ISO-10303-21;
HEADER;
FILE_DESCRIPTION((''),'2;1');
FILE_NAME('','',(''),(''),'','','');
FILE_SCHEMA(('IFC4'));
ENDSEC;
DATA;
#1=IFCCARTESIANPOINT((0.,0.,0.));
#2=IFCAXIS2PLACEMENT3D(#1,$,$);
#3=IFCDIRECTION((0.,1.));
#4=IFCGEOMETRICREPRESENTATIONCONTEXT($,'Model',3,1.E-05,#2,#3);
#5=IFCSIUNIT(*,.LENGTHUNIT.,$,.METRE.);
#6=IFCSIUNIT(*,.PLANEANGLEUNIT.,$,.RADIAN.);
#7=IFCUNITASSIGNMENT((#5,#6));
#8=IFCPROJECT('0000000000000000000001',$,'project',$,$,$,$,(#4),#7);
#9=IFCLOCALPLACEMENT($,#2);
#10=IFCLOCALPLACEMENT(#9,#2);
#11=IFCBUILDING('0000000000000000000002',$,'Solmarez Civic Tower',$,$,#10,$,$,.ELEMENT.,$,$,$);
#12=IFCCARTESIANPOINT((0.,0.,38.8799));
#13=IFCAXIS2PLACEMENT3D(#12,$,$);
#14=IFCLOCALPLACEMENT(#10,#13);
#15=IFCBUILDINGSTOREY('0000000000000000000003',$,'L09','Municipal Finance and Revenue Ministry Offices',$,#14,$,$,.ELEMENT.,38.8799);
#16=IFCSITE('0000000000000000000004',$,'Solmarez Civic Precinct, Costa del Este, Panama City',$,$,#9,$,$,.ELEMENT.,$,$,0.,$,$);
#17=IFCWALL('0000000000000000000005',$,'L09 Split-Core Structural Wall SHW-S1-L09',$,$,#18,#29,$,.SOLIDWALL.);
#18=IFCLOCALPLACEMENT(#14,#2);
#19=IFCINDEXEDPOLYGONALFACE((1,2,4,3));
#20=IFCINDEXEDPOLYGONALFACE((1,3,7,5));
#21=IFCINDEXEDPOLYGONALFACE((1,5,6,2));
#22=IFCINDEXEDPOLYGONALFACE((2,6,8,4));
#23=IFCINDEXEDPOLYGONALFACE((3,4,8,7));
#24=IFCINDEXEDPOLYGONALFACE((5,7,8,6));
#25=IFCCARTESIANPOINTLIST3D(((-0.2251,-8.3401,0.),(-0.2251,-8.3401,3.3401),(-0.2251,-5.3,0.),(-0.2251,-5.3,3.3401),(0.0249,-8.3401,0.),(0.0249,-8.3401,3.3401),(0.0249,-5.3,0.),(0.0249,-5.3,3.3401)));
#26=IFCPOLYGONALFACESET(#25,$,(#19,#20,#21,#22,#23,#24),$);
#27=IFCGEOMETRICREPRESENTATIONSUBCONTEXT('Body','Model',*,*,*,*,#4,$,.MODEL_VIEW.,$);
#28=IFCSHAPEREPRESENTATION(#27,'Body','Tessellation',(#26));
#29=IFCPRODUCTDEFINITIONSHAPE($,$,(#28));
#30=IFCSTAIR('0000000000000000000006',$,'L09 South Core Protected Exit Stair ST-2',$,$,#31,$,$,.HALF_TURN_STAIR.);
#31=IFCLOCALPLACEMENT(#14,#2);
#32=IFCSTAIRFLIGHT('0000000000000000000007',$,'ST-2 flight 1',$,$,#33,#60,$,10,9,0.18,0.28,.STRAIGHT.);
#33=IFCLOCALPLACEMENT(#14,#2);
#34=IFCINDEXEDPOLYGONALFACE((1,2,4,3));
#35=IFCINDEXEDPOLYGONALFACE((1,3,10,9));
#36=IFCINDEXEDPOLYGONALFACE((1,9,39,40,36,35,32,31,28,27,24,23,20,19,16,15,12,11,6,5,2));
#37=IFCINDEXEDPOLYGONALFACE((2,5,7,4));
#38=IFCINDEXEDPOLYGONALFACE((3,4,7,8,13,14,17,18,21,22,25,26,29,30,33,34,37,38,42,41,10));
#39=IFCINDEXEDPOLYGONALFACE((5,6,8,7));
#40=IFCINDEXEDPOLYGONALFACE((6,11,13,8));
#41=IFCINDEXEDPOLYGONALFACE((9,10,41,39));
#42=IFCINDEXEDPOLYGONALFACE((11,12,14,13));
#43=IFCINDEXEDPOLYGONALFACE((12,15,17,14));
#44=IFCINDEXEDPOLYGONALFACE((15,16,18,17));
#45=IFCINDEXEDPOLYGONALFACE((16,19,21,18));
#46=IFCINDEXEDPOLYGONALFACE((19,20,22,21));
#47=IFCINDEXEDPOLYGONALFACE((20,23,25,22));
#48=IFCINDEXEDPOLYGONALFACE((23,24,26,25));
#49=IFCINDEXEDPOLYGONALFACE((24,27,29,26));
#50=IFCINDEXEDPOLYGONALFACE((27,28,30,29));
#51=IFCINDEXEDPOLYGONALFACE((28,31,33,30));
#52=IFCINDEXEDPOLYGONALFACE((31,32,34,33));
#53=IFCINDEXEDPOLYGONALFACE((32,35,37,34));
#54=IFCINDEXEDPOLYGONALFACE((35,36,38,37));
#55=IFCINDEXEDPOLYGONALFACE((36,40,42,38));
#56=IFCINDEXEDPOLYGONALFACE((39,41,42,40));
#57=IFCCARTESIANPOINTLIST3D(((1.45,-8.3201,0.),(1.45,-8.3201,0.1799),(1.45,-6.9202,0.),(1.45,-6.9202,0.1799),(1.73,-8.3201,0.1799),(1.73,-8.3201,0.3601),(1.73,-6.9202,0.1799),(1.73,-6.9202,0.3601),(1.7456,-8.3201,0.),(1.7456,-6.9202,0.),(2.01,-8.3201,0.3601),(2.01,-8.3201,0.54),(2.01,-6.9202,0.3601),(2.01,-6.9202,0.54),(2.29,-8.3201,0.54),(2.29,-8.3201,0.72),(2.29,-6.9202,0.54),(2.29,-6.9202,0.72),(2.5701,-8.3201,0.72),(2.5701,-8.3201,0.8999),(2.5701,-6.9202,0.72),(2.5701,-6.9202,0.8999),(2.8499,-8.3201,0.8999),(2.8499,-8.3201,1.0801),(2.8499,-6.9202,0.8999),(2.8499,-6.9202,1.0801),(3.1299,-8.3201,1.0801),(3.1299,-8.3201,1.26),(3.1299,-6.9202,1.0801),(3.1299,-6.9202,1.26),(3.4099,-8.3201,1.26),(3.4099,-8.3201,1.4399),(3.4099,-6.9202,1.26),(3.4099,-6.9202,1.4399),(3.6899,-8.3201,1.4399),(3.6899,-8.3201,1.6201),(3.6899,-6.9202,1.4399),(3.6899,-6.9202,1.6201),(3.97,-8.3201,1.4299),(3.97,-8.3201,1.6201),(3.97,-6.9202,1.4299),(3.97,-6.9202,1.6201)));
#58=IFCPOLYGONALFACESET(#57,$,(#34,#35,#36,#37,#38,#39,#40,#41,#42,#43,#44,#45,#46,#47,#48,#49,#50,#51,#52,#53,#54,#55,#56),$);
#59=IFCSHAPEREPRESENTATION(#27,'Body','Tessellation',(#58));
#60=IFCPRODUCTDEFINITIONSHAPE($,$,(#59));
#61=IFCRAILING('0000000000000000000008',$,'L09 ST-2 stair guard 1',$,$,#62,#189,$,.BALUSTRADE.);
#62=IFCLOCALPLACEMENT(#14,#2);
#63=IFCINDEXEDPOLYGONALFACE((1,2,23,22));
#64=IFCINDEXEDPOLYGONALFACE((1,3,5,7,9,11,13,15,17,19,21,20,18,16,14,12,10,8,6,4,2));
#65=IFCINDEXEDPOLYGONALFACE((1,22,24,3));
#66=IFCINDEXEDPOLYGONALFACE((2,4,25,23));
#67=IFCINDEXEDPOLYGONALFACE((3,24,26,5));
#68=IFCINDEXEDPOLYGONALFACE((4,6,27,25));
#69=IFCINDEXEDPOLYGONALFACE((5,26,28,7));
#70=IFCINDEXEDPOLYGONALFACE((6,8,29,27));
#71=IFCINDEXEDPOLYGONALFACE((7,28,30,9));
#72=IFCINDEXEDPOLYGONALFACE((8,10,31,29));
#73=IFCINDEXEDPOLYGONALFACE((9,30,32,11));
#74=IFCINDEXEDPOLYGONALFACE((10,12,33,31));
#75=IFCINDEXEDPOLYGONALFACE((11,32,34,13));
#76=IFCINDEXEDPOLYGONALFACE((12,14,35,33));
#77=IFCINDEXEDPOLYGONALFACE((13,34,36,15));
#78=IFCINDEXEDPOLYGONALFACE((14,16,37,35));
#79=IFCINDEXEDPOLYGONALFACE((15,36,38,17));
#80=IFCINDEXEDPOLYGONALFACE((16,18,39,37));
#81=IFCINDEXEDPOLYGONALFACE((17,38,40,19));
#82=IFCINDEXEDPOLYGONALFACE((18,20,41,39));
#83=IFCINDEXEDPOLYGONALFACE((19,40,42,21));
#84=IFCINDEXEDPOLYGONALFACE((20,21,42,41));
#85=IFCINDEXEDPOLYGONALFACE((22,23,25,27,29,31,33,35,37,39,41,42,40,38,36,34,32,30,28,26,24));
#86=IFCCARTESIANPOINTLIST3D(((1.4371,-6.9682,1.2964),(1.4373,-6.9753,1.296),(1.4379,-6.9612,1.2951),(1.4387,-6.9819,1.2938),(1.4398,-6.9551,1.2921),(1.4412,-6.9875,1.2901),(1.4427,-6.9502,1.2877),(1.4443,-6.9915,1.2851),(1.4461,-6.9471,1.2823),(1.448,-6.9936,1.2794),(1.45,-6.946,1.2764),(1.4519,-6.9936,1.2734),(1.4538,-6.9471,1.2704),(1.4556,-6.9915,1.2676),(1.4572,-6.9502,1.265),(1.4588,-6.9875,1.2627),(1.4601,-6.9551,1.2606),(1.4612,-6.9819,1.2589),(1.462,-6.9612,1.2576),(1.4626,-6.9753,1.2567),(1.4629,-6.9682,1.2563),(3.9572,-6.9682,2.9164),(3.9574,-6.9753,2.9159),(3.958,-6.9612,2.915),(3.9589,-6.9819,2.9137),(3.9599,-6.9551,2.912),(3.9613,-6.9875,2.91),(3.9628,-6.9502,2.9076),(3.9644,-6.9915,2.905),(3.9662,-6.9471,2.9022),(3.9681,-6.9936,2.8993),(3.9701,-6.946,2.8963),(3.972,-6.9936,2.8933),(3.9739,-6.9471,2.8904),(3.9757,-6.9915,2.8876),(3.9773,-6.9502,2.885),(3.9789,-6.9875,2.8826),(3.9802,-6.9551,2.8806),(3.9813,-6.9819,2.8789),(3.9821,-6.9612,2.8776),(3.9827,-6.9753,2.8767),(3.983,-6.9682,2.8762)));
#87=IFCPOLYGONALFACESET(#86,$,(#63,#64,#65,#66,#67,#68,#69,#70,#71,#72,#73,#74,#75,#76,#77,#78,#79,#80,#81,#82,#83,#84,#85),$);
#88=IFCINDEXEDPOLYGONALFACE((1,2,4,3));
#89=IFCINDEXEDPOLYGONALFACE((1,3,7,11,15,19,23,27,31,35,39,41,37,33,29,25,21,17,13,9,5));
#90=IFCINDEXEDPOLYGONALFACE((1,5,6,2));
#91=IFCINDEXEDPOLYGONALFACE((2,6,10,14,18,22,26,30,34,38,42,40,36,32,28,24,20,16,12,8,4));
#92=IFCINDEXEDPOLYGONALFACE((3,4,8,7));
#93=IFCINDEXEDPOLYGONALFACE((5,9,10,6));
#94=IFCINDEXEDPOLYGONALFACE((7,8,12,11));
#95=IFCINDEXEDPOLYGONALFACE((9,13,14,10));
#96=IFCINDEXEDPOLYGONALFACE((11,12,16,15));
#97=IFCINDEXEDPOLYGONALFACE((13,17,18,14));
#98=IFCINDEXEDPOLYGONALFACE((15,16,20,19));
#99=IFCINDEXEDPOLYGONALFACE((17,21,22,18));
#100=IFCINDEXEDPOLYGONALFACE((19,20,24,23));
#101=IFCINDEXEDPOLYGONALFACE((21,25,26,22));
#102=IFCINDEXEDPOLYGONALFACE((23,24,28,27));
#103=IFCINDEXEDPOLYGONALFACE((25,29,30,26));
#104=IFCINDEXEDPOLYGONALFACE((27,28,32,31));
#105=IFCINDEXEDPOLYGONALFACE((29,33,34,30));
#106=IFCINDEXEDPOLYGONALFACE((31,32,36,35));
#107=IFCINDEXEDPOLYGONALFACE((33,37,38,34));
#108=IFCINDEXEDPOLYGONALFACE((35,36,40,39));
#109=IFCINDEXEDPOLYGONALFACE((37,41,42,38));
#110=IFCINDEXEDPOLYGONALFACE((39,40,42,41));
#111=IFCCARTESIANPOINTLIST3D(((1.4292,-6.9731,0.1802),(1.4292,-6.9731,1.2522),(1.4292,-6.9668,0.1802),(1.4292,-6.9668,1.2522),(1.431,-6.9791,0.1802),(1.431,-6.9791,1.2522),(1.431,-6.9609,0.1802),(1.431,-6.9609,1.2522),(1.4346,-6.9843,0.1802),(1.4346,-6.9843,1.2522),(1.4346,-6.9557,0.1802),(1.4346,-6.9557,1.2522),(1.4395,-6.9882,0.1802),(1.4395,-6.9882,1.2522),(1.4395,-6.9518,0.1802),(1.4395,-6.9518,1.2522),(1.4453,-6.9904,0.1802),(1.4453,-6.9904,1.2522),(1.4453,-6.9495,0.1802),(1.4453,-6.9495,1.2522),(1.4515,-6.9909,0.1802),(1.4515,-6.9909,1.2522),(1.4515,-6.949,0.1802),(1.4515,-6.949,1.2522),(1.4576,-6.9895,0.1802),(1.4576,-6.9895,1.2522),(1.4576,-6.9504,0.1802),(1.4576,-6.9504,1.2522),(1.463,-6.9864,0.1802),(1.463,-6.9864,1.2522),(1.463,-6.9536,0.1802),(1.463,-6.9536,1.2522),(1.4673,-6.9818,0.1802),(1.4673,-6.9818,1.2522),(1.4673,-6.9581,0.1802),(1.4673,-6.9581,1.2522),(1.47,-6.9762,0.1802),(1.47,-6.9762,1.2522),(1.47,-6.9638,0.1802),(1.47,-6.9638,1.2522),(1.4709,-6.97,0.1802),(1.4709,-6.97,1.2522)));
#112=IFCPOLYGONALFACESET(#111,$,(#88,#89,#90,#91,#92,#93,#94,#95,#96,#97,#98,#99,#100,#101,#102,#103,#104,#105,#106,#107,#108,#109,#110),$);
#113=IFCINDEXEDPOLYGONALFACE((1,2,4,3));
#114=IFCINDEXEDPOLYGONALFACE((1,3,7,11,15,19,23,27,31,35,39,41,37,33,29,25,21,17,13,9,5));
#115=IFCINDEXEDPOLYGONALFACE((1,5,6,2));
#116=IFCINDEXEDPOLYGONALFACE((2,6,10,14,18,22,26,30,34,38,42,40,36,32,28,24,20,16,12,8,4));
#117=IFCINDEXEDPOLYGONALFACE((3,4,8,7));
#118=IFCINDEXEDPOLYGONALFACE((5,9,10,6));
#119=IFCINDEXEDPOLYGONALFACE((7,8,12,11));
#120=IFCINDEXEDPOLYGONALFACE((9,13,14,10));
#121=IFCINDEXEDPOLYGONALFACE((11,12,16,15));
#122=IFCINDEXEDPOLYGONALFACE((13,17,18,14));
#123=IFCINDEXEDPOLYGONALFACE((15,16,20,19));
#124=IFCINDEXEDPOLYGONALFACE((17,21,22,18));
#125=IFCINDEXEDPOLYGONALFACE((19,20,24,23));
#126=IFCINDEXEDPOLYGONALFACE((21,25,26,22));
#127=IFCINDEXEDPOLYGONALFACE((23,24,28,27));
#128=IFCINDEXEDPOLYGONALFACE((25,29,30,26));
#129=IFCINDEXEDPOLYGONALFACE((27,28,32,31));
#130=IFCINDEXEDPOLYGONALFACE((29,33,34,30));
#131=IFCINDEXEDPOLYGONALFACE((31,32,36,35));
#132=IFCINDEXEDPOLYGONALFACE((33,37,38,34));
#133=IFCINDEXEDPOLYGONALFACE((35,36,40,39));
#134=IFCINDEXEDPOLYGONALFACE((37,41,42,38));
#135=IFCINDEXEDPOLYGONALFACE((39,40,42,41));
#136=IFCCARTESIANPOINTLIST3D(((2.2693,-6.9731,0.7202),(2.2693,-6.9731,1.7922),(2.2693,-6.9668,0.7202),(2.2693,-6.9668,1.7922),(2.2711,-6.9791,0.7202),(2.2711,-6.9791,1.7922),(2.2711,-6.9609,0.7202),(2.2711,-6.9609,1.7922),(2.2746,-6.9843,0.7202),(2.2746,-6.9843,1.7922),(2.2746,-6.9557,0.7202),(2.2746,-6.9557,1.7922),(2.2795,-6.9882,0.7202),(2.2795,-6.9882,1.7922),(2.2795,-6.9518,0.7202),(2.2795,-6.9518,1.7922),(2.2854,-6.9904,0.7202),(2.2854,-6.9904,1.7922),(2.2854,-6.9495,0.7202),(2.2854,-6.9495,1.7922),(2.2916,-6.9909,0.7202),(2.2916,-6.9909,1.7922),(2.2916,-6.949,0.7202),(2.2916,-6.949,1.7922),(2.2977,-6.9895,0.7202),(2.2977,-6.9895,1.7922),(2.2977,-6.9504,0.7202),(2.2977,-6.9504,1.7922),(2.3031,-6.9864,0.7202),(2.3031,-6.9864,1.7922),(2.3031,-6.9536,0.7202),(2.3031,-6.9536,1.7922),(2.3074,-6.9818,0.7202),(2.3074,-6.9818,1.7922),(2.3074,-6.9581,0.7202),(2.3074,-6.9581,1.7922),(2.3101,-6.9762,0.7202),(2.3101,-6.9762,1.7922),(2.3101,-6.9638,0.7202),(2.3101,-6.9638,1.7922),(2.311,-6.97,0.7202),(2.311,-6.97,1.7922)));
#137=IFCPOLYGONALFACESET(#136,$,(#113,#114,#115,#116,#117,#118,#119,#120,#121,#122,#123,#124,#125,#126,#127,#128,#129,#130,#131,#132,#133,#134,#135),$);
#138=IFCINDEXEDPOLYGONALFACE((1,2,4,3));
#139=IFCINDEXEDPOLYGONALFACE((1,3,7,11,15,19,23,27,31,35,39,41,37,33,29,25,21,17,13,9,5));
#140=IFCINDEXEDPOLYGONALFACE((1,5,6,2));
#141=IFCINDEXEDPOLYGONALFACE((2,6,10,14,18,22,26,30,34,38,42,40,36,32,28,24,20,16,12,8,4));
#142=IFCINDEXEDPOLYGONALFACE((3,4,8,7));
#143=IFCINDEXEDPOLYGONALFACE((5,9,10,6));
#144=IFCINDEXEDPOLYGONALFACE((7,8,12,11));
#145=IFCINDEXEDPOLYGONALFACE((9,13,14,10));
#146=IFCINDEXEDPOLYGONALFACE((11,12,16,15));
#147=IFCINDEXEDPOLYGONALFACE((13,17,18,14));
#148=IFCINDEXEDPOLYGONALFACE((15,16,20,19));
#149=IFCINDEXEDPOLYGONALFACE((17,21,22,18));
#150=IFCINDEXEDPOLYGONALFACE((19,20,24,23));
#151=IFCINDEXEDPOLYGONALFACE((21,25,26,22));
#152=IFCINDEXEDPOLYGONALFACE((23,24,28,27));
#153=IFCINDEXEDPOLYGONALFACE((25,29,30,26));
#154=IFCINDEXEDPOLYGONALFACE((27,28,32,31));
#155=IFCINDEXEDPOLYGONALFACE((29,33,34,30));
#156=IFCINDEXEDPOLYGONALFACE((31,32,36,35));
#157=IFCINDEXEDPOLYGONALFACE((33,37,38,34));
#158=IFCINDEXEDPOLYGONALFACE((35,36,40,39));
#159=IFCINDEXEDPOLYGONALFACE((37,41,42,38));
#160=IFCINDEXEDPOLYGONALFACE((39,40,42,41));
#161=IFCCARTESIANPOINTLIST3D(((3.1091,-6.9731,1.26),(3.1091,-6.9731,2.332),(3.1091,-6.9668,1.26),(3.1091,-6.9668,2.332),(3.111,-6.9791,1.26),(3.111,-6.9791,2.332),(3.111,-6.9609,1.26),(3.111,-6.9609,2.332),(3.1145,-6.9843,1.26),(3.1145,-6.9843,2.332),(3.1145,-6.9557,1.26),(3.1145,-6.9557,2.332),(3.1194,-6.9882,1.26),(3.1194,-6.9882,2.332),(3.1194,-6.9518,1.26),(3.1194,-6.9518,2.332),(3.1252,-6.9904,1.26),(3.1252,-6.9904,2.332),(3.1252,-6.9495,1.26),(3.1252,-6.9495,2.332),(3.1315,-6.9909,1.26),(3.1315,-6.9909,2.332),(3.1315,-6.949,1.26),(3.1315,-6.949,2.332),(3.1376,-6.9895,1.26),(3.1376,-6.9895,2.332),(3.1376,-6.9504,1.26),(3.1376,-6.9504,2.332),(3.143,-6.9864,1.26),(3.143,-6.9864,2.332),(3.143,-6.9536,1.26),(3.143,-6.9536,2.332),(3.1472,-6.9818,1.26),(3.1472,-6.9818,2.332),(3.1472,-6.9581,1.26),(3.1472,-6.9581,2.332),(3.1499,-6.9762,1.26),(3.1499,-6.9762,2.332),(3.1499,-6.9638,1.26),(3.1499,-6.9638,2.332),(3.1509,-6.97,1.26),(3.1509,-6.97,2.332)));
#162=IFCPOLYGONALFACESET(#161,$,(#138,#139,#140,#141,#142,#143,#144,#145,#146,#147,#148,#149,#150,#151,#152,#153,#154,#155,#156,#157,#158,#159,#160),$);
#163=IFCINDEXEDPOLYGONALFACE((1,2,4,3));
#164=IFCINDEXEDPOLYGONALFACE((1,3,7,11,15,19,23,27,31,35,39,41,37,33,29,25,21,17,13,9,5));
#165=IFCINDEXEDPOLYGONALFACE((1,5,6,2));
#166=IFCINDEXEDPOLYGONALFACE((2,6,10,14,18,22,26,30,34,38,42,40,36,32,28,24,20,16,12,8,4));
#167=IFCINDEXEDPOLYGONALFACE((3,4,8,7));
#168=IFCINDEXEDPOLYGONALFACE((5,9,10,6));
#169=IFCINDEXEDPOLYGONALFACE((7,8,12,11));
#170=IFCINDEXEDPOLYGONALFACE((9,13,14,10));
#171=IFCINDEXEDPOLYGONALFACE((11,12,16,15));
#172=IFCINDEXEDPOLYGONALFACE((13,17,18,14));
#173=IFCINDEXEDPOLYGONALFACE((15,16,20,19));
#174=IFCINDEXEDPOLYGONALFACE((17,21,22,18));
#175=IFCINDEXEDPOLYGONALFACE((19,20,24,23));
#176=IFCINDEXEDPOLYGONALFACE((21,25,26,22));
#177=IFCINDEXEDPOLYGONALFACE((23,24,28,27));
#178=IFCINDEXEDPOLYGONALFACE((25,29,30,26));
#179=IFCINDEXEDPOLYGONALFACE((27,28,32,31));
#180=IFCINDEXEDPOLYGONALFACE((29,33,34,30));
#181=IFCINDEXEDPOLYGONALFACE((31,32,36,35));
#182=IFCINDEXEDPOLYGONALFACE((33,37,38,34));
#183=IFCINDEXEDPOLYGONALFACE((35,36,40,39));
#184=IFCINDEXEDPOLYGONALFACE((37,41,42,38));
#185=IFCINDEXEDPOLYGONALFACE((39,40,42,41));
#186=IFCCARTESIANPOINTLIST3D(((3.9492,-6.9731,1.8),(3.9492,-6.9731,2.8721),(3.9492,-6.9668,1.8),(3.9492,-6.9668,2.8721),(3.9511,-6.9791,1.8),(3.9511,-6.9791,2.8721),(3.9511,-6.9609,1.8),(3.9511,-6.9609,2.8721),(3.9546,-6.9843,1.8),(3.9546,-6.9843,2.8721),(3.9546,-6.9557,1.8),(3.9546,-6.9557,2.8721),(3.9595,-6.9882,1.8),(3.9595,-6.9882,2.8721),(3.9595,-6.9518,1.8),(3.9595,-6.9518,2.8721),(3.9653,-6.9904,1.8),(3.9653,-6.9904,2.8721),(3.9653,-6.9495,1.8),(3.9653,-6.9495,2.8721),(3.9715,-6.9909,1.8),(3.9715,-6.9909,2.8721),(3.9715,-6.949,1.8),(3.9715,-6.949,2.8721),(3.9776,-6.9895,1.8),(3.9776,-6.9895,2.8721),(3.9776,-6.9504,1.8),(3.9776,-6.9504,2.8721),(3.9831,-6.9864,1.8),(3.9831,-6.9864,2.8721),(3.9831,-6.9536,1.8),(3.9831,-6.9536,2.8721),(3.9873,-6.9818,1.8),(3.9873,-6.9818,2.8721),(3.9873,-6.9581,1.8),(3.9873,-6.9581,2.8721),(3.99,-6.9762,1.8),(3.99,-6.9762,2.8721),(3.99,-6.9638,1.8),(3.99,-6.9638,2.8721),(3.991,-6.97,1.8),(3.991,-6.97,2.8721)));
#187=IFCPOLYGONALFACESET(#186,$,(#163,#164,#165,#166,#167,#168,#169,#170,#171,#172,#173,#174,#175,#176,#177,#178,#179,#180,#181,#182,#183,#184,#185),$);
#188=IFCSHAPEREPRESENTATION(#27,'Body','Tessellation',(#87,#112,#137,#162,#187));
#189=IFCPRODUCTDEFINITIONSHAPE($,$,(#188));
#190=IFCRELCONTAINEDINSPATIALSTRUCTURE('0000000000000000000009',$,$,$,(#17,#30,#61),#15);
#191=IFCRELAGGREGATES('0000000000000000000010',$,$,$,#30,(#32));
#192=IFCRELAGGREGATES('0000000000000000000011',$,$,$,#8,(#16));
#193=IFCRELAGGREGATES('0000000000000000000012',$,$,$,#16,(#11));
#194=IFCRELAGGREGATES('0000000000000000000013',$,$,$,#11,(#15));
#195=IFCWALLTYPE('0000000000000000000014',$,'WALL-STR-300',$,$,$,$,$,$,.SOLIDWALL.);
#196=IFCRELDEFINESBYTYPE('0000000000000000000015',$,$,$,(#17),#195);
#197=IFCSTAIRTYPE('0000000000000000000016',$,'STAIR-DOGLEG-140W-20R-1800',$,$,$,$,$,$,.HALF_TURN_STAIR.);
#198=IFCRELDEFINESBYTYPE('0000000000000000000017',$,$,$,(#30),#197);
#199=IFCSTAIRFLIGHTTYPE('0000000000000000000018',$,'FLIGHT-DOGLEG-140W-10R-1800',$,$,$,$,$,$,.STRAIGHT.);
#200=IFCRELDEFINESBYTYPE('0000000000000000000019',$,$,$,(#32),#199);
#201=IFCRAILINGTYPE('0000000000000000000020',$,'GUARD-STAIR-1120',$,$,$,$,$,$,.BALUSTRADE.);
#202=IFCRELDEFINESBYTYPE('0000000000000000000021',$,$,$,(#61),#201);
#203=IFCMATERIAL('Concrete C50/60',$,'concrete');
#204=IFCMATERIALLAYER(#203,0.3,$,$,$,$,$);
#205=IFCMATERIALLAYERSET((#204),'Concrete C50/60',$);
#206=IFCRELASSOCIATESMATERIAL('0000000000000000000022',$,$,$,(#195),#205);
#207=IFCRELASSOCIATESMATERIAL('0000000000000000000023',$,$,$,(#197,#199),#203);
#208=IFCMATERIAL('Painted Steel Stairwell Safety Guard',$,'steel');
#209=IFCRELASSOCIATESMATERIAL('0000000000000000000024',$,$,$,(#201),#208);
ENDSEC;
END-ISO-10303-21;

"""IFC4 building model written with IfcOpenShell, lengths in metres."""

from ifc_helpers import new_model, si_unit, direction, frame, frame_2d, origin, origin_2d, place, context, subcontext, project, spatial, polyline, rectangle, circle, outline, extrude, material, layer, layer_set, type_object, element, aggregate, save


model = new_model("IFC4")

# Units and contexts
model_context = context("Model", 3, precision=1e-05, world=origin(), true_north=direction((0.0, 1.0)))
body_context = subcontext(model_context, "Body", "Model", "MODEL_VIEW")
ifc_project = project(units=[si_unit("LENGTHUNIT", "METRE"), si_unit("PLANEANGLEUNIT", "RADIAN")], contexts=[model_context])

# Site, building, storey
site_placement = place(None, origin())
site = spatial("IfcSite", under=ifc_project, at=site_placement, Name="Solmarez Civic Precinct, Costa del Este, Panama City", CompositionType="ELEMENT", RefElevation=0.0)
building_placement = place(site_placement, origin())
building = spatial("IfcBuilding", under=site, at=building_placement, Name="Solmarez Civic Tower", CompositionType="ELEMENT")
storey_placement = place(building_placement, frame((0.0, 0.0, 38.8799)))
storey = spatial("IfcBuildingStorey", under=building, at=storey_placement, Name="L09", Description="Municipal Finance and Revenue Ministry Offices", CompositionType="ELEMENT", Elevation=38.8799)

# Shared definitions
ifc_material_1 = material(Name="Concrete C50/60", Category="concrete")

# Wall
ifc_layer_1 = layer(ifc_material_1, 0.3)
ifc_layer_set_1 = layer_set([ifc_layer_1], Name="Concrete C50/60")
wall_type_1 = type_object("IfcWallType", Name="WALL-STR-300", PredefinedType="SOLIDWALL", material=ifc_layer_set_1)
wall_1_placement = place(storey_placement, frame((-0.1001, -8.3401, 0.0), z_axis=(0.0, 0.0, 1.0), x_axis=(0.0, 1.0, 0.0)))
element("IfcWall", 1, at=wall_1_placement, inside=storey, type_object=wall_type_1, Name="L09 Split-Core Structural Wall SHW-S1-L09", PredefinedType="SOLIDWALL", context=body_context, shape_type="SweptSolid", body=[
    extrude(rectangle(XDim=3.04, YDim=0.25, at=frame_2d((1.52, 0.0))), origin(), (0.0, 0.0, 1.0), 3.3401),
])

# Stair, stair flight
stair_type = type_object("IfcStairType", Name="STAIR-DOGLEG-140W-20R-1800", PredefinedType="HALF_TURN_STAIR", material=ifc_material_1)
stair_placement = place(storey_placement, origin())
stair = element("IfcStair", 2, at=stair_placement, inside=storey, type_object=stair_type, Name="L09 South Core Protected Exit Stair ST-2", PredefinedType="HALF_TURN_STAIR")
stair_flight_type = type_object("IfcStairFlightType", Name="FLIGHT-DOGLEG-140W-10R-1800", PredefinedType="STRAIGHT", material=ifc_material_1)
stair_flight_placement = place(storey_placement, frame((1.45, -7.6201, 0.0), z_axis=(0.0, 0.0, 1.0), x_axis=(1.0, 0.0, 0.0)))
stair_flight = element("IfcStairFlight", 3, at=stair_flight_placement, type_object=stair_flight_type, Name="ST-2 flight 1", NumberOfRisers=10, NumberOfTreads=9, PredefinedType="STRAIGHT", RiserHeight=0.18, TreadLength=0.28, context=body_context, shape_type="SweptSolid", body=[
    extrude(outline(polyline([(0.0, 0.0), (0.0, 0.1799), (0.28, 0.1799), (0.28, 0.3601), (0.5601, 0.3601), (0.5601, 0.54), (0.8401, 0.54), (0.8401, 0.72), (1.1201, 0.72), (1.1201, 0.8999), (1.3999, 0.8999), (1.3999, 1.0801), (1.6799, 1.0801), (1.6799, 1.26), (1.96, 1.26), (1.96, 1.4399), (2.24, 1.4399), (2.24, 1.6201), (2.52, 1.6201), (2.52, 1.8), (2.52, 1.4299), (0.2957, 0.0), (0.0, 0.0)])), frame((0.0, 0.7, 0.0), z_axis=(0.0, -1.0, 0.0), x_axis=(1.0, 0.0, 0.0)), (0.0, 0.0, 1.0), 1.3999),
])
aggregate(stair, [stair_flight])

# Railing
ifc_material_2 = material(Name="Painted Steel Stairwell Safety Guard", Category="steel")
railing_type_1 = type_object("IfcRailingType", Name="GUARD-STAIR-1120", PredefinedType="BALUSTRADE", material=ifc_material_2)
railing_1_placement = place(storey_placement, frame((1.45, -6.97, 0.1802)))
element("IfcRailing", 4, at=railing_1_placement, inside=storey, type_object=railing_type_1, Name="L09 ST-2 stair guard 1", PredefinedType="BALUSTRADE", context=body_context, shape_type="SweptSolid", body=[
    extrude(circle(Radius=0.0239, at=origin_2d()), frame((0.0, 0.0, 1.0962), z_axis=(0.8412, 0.0, 0.540725), x_axis=(0.0, 1.0, 0.0)), (0.0, 0.0, 1.0), 2.9958),
    extrude(circle(Radius=0.021, at=origin_2d()), origin(), (0.0, 0.0, 1.0), 1.072),
    extrude(circle(Radius=0.021, at=origin_2d()), frame((0.8401, 0.0, 0.54)), (0.0, 0.0, 1.0), 1.072),
    extrude(circle(Radius=0.021, at=origin_2d()), frame((1.6799, 0.0, 1.0798)), (0.0, 0.0, 1.0), 1.072),
    extrude(circle(Radius=0.021, at=origin_2d()), frame((2.52, 0.0, 1.6199)), (0.0, 0.0, 1.0), 1.072),
])

save(model, "model.ifc")
